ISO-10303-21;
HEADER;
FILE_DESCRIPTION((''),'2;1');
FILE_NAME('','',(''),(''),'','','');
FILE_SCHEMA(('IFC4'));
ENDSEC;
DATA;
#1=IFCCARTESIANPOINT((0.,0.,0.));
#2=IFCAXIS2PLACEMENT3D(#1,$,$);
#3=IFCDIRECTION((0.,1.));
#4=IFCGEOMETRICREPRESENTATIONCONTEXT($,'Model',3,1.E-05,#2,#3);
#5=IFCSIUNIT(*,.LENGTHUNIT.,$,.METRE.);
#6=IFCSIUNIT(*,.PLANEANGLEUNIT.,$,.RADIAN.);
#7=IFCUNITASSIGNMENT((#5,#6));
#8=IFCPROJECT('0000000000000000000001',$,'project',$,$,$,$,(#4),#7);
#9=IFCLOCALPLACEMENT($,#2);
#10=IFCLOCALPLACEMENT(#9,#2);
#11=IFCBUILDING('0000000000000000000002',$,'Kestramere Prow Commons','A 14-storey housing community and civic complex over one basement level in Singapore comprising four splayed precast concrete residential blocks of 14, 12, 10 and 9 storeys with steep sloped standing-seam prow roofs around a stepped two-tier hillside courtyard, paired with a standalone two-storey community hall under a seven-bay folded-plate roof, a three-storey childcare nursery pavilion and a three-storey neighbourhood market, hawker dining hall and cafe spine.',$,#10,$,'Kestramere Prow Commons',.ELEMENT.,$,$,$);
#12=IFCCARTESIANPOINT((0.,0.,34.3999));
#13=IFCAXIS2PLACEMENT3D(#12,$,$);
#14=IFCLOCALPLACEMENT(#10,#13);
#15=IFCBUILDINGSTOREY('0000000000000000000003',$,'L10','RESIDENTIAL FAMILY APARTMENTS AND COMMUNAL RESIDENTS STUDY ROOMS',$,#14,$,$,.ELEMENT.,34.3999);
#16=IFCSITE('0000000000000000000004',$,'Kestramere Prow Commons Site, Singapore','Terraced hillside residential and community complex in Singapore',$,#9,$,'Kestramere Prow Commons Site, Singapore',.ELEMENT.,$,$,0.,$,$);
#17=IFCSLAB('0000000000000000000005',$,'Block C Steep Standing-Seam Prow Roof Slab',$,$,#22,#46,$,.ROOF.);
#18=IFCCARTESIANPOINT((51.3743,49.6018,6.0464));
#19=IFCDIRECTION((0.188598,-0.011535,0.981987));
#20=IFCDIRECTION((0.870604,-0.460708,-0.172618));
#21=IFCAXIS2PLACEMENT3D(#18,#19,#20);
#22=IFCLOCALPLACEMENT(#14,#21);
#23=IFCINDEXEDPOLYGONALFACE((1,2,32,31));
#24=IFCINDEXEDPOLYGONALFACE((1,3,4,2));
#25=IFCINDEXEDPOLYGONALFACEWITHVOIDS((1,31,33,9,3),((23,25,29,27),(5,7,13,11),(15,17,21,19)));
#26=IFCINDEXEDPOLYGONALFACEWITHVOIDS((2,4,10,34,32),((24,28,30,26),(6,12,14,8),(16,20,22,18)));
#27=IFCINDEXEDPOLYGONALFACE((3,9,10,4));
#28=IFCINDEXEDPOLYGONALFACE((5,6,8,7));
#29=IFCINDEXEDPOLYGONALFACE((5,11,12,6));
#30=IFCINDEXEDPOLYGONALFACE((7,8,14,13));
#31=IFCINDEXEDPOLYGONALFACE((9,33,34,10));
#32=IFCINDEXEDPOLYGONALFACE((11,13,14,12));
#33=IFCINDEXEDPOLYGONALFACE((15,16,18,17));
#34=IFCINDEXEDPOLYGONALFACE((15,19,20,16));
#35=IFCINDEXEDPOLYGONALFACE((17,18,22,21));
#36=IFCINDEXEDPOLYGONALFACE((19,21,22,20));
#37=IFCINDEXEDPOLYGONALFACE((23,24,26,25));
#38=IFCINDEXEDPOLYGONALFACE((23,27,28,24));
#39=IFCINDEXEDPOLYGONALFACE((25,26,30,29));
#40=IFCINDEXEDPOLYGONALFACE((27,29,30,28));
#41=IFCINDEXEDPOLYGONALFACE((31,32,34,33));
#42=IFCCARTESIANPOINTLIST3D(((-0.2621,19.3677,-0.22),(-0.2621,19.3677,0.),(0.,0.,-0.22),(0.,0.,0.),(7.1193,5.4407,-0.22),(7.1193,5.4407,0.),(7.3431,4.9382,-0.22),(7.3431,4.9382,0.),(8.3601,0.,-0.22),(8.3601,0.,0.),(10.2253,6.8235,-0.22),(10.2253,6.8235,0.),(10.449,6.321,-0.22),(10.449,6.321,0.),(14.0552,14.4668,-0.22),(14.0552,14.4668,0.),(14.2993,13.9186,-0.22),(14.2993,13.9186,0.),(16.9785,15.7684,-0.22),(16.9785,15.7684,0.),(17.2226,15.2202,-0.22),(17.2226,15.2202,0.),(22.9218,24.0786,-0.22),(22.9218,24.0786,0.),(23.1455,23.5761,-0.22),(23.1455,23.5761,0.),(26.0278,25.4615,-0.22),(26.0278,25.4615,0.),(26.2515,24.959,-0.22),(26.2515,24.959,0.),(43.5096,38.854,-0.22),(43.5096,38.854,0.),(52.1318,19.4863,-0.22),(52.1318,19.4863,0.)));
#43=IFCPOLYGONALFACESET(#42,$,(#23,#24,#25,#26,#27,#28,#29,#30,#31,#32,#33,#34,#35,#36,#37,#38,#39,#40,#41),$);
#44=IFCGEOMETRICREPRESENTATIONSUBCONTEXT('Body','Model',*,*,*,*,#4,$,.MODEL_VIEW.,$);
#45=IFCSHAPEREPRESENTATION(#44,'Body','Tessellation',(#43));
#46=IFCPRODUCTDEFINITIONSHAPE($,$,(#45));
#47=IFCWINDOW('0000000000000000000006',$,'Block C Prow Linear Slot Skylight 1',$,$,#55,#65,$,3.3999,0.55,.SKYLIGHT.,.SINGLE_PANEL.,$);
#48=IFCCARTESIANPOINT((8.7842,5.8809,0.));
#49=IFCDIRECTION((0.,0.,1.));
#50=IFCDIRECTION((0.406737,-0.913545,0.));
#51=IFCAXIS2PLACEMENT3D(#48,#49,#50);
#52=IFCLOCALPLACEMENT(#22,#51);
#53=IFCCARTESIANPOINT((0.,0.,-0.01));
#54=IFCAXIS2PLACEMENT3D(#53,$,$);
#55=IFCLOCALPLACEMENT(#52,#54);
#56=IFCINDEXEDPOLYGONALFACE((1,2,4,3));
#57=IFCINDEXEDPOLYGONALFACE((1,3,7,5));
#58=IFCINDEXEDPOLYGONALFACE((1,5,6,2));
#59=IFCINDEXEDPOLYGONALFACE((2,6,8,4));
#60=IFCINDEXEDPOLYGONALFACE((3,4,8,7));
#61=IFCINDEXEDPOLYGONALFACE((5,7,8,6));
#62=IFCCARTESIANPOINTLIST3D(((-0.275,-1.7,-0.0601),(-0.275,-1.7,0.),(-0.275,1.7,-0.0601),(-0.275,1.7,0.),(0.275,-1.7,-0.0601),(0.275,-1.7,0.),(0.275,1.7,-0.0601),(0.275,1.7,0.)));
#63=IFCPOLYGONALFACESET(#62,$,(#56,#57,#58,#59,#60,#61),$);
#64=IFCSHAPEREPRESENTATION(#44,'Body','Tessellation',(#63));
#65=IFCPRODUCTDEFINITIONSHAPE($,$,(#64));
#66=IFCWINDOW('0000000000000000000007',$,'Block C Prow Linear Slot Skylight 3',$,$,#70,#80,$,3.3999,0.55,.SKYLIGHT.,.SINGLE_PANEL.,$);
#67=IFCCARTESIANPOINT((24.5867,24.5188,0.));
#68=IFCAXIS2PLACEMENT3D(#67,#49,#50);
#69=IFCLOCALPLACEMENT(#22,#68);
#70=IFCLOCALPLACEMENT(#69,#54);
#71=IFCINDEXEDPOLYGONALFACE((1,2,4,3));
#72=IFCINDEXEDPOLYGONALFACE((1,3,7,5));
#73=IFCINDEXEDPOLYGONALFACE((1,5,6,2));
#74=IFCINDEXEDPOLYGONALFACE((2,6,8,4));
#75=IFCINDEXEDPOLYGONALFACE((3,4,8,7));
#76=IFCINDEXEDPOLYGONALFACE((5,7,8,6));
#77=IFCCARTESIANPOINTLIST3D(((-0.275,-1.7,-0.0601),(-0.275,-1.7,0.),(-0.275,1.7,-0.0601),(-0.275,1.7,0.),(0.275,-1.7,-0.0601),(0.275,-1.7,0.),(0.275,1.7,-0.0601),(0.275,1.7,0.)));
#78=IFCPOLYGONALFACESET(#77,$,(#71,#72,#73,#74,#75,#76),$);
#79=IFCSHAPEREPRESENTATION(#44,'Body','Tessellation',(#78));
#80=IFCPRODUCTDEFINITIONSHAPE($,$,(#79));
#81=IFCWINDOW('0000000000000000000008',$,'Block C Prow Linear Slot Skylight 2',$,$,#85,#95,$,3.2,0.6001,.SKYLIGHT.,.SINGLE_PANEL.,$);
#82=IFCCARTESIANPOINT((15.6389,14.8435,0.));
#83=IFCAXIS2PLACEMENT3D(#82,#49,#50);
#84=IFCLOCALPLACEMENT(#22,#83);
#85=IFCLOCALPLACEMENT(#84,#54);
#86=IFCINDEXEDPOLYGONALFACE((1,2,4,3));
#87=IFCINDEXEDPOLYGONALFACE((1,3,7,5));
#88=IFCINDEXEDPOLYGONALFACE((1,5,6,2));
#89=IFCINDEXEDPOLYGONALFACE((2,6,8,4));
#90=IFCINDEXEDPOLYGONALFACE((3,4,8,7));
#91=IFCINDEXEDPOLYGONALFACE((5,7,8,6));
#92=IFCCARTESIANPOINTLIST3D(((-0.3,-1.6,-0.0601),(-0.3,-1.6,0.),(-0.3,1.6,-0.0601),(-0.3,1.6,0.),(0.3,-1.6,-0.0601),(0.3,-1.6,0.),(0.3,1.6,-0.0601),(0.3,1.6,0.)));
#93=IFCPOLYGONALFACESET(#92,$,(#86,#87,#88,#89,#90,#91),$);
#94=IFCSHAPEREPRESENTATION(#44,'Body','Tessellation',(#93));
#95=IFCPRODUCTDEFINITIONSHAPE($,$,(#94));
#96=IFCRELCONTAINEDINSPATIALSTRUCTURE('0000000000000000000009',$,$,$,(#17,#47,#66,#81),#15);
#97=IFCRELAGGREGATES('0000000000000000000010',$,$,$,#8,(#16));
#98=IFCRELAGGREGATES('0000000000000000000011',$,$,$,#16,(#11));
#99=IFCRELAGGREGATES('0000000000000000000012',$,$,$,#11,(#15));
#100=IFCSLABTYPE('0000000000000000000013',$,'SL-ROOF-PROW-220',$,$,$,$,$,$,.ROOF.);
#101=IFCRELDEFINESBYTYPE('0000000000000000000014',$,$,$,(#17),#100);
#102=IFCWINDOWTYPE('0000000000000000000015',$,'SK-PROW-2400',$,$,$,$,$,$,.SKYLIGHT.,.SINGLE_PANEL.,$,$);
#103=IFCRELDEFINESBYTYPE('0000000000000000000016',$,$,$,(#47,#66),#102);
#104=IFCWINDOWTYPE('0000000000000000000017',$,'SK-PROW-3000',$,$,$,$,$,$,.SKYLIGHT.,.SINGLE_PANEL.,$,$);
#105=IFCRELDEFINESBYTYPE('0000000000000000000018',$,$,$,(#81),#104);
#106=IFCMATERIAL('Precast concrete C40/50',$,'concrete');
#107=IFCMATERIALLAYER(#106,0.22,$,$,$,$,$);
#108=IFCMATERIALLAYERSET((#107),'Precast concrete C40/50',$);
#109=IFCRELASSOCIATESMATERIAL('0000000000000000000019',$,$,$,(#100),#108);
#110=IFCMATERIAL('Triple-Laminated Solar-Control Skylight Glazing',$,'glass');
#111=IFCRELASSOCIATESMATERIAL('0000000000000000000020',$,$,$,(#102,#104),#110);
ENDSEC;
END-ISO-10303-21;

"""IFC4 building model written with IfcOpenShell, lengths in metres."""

from ifc_helpers import new_model, si_unit, direction, frame, origin, origin_2d, place, context, subcontext, project, spatial, polyline, rectangle, outline, extrude, material, layer, layer_set, type_object, element, fill, save


model = new_model("IFC4")

# Units and contexts
model_context = context("Model", 3, precision=1e-05, world=origin(), true_north=direction((0.0, 1.0)))
body_context = subcontext(model_context, "Body", "Model", "MODEL_VIEW")
ifc_project = project(units=[si_unit("LENGTHUNIT", "METRE"), si_unit("PLANEANGLEUNIT", "RADIAN")], contexts=[model_context])

# Site, building, storey
site_placement = place(None, origin())
site = spatial("IfcSite", under=ifc_project, at=site_placement, Name="Kestramere Prow Commons Site, Singapore", Description="Terraced hillside residential and community complex in Singapore", LongName="Kestramere Prow Commons Site, Singapore", CompositionType="ELEMENT", RefElevation=0.0)
building_placement = place(site_placement, origin())
building = spatial("IfcBuilding", under=site, at=building_placement, Name="Kestramere Prow Commons", Description="A 14-storey housing community and civic complex over one basement level in Singapore comprising four splayed precast concrete residential blocks of 14, 12, 10 and 9 storeys with steep sloped standing-seam prow roofs around a stepped two-tier hillside courtyard, paired with a standalone two-storey community hall under a seven-bay folded-plate roof, a three-storey childcare nursery pavilion and a three-storey neighbourhood market, hawker dining hall and cafe spine.", LongName="Kestramere Prow Commons", CompositionType="ELEMENT")
storey_placement = place(building_placement, frame((0.0, 0.0, 34.3999)))
storey = spatial("IfcBuildingStorey", under=building, at=storey_placement, Name="L10", Description="RESIDENTIAL FAMILY APARTMENTS AND COMMUNAL RESIDENTS STUDY ROOMS", CompositionType="ELEMENT", Elevation=34.3999)

# Shared definitions
ifc_material_1 = material(Name="Precast concrete C40/50", Category="concrete")

# Slab, openings, windows
ifc_layer_1 = layer(ifc_material_1, 0.22)
ifc_layer_set_1 = layer_set([ifc_layer_1], Name="Precast concrete C40/50")
slab_type_1 = type_object("IfcSlabType", Name="SL-ROOF-PROW-220", PredefinedType="ROOF", material=ifc_layer_set_1)
slab_1_placement = place(storey_placement, frame((51.3743, 49.6018, 6.0464), z_axis=(0.188598, -0.011535, 0.981987), x_axis=(0.870604, -0.460708, -0.172618)))
slab_1 = element("IfcSlab", 1, at=slab_1_placement, inside=storey, type_object=slab_type_1, Name="Block C Steep Standing-Seam Prow Roof Slab", PredefinedType="ROOF", context=body_context, shape_type="SweptSolid", body=[
    extrude(outline(polyline([(0.0, 0.0), (8.3601, 0.0), (52.1318, 19.4863), (43.5096, 38.854), (-0.2621, 19.3677), (0.0, 0.0)])), origin(), (0.0, 0.0, -1.0), 0.22),
])
opening_1_placement = place(slab_1_placement, frame((8.7842, 5.8809, 0.0), z_axis=(0.0, 0.0, 1.0), x_axis=(0.406737, -0.913545, 0.0)))
opening_1 = element("IfcOpeningElement", 2, at=opening_1_placement, cuts=slab_1, PredefinedType="OPENING", context=body_context, shape_type="SweptSolid", body=[
    extrude(rectangle(XDim=0.55, YDim=3.3999, at=origin_2d()), frame((0.0, 0.0, 0.0149), z_axis=(0.0, 0.0, -1.0), x_axis=(1.0, 0.0, 0.0)), (0.0, 0.0, 1.0), 0.25),
])
opening_2_placement = place(slab_1_placement, frame((15.6389, 14.8435, 0.0), z_axis=(0.0, 0.0, 1.0), x_axis=(0.406737, -0.913545, 0.0)))
opening_2 = element("IfcOpeningElement", 3, at=opening_2_placement, cuts=slab_1, PredefinedType="OPENING", context=body_context, shape_type="SweptSolid", body=[
    extrude(rectangle(XDim=0.6001, YDim=3.2, at=origin_2d()), frame((0.0, 0.0, 0.0149), z_axis=(0.0, 0.0, -1.0), x_axis=(1.0, 0.0, 0.0)), (0.0, 0.0, 1.0), 0.25),
])
opening_3_placement = place(slab_1_placement, frame((24.5867, 24.5188, 0.0), z_axis=(0.0, 0.0, 1.0), x_axis=(0.406737, -0.913545, 0.0)))
opening_3 = element("IfcOpeningElement", 4, at=opening_3_placement, cuts=slab_1, PredefinedType="OPENING", context=body_context, shape_type="SweptSolid", body=[
    extrude(rectangle(XDim=0.55, YDim=3.3999, at=origin_2d()), frame((0.0, 0.0, 0.0149), z_axis=(0.0, 0.0, -1.0), x_axis=(1.0, 0.0, 0.0)), (0.0, 0.0, 1.0), 0.25),
])
ifc_material_2 = material(Name="Triple-Laminated Solar-Control Skylight Glazing", Category="glass")
window_type_1 = type_object("IfcWindowType", Name="SK-PROW-2400", PartitioningType="SINGLE_PANEL", PredefinedType="SKYLIGHT", material=ifc_material_2)
window_1_placement = place(opening_1_placement, frame((0.0, 0.0, -0.01)))
window_1 = element("IfcWindow", 5, at=window_1_placement, inside=storey, type_object=window_type_1, Name="Block C Prow Linear Slot Skylight 1", OverallHeight=3.3999, OverallWidth=0.55, PartitioningType="SINGLE_PANEL", PredefinedType="SKYLIGHT", context=body_context, shape_type="SweptSolid", body=[
    extrude(rectangle(XDim=0.55, YDim=3.3999, at=origin_2d()), frame((0.0, 0.0, 0.0), z_axis=(0.0, 0.0, -1.0), x_axis=(1.0, 0.0, 0.0)), (0.0, 0.0, 1.0), 0.0601),
])
fill(opening_1, window_1)
window_2_placement = place(opening_3_placement, frame((0.0, 0.0, -0.01)))
window_2 = element("IfcWindow", 6, at=window_2_placement, inside=storey, type_object=window_type_1, Name="Block C Prow Linear Slot Skylight 3", OverallHeight=3.3999, OverallWidth=0.55, PartitioningType="SINGLE_PANEL", PredefinedType="SKYLIGHT", context=body_context, shape_type="SweptSolid", body=[
    extrude(rectangle(XDim=0.55, YDim=3.3999, at=origin_2d()), frame((0.0, 0.0, 0.0), z_axis=(0.0, 0.0, -1.0), x_axis=(1.0, 0.0, 0.0)), (0.0, 0.0, 1.0), 0.0601),
])
fill(opening_3, window_2)
window_type_2 = type_object("IfcWindowType", Name="SK-PROW-3000", PartitioningType="SINGLE_PANEL", PredefinedType="SKYLIGHT", material=ifc_material_2)
window_3_placement = place(opening_2_placement, frame((0.0, 0.0, -0.01)))
window_3 = element("IfcWindow", 7, at=window_3_placement, inside=storey, type_object=window_type_2, Name="Block C Prow Linear Slot Skylight 2", OverallHeight=3.2, OverallWidth=0.6001, PartitioningType="SINGLE_PANEL", PredefinedType="SKYLIGHT", context=body_context, shape_type="SweptSolid", body=[
    extrude(rectangle(XDim=0.6001, YDim=3.2, at=origin_2d()), frame((0.0, 0.0, 0.0), z_axis=(0.0, 0.0, -1.0), x_axis=(1.0, 0.0, 0.0)), (0.0, 0.0, 1.0), 0.0601),
])
fill(opening_2, window_3)

save(model, "model.ifc")
